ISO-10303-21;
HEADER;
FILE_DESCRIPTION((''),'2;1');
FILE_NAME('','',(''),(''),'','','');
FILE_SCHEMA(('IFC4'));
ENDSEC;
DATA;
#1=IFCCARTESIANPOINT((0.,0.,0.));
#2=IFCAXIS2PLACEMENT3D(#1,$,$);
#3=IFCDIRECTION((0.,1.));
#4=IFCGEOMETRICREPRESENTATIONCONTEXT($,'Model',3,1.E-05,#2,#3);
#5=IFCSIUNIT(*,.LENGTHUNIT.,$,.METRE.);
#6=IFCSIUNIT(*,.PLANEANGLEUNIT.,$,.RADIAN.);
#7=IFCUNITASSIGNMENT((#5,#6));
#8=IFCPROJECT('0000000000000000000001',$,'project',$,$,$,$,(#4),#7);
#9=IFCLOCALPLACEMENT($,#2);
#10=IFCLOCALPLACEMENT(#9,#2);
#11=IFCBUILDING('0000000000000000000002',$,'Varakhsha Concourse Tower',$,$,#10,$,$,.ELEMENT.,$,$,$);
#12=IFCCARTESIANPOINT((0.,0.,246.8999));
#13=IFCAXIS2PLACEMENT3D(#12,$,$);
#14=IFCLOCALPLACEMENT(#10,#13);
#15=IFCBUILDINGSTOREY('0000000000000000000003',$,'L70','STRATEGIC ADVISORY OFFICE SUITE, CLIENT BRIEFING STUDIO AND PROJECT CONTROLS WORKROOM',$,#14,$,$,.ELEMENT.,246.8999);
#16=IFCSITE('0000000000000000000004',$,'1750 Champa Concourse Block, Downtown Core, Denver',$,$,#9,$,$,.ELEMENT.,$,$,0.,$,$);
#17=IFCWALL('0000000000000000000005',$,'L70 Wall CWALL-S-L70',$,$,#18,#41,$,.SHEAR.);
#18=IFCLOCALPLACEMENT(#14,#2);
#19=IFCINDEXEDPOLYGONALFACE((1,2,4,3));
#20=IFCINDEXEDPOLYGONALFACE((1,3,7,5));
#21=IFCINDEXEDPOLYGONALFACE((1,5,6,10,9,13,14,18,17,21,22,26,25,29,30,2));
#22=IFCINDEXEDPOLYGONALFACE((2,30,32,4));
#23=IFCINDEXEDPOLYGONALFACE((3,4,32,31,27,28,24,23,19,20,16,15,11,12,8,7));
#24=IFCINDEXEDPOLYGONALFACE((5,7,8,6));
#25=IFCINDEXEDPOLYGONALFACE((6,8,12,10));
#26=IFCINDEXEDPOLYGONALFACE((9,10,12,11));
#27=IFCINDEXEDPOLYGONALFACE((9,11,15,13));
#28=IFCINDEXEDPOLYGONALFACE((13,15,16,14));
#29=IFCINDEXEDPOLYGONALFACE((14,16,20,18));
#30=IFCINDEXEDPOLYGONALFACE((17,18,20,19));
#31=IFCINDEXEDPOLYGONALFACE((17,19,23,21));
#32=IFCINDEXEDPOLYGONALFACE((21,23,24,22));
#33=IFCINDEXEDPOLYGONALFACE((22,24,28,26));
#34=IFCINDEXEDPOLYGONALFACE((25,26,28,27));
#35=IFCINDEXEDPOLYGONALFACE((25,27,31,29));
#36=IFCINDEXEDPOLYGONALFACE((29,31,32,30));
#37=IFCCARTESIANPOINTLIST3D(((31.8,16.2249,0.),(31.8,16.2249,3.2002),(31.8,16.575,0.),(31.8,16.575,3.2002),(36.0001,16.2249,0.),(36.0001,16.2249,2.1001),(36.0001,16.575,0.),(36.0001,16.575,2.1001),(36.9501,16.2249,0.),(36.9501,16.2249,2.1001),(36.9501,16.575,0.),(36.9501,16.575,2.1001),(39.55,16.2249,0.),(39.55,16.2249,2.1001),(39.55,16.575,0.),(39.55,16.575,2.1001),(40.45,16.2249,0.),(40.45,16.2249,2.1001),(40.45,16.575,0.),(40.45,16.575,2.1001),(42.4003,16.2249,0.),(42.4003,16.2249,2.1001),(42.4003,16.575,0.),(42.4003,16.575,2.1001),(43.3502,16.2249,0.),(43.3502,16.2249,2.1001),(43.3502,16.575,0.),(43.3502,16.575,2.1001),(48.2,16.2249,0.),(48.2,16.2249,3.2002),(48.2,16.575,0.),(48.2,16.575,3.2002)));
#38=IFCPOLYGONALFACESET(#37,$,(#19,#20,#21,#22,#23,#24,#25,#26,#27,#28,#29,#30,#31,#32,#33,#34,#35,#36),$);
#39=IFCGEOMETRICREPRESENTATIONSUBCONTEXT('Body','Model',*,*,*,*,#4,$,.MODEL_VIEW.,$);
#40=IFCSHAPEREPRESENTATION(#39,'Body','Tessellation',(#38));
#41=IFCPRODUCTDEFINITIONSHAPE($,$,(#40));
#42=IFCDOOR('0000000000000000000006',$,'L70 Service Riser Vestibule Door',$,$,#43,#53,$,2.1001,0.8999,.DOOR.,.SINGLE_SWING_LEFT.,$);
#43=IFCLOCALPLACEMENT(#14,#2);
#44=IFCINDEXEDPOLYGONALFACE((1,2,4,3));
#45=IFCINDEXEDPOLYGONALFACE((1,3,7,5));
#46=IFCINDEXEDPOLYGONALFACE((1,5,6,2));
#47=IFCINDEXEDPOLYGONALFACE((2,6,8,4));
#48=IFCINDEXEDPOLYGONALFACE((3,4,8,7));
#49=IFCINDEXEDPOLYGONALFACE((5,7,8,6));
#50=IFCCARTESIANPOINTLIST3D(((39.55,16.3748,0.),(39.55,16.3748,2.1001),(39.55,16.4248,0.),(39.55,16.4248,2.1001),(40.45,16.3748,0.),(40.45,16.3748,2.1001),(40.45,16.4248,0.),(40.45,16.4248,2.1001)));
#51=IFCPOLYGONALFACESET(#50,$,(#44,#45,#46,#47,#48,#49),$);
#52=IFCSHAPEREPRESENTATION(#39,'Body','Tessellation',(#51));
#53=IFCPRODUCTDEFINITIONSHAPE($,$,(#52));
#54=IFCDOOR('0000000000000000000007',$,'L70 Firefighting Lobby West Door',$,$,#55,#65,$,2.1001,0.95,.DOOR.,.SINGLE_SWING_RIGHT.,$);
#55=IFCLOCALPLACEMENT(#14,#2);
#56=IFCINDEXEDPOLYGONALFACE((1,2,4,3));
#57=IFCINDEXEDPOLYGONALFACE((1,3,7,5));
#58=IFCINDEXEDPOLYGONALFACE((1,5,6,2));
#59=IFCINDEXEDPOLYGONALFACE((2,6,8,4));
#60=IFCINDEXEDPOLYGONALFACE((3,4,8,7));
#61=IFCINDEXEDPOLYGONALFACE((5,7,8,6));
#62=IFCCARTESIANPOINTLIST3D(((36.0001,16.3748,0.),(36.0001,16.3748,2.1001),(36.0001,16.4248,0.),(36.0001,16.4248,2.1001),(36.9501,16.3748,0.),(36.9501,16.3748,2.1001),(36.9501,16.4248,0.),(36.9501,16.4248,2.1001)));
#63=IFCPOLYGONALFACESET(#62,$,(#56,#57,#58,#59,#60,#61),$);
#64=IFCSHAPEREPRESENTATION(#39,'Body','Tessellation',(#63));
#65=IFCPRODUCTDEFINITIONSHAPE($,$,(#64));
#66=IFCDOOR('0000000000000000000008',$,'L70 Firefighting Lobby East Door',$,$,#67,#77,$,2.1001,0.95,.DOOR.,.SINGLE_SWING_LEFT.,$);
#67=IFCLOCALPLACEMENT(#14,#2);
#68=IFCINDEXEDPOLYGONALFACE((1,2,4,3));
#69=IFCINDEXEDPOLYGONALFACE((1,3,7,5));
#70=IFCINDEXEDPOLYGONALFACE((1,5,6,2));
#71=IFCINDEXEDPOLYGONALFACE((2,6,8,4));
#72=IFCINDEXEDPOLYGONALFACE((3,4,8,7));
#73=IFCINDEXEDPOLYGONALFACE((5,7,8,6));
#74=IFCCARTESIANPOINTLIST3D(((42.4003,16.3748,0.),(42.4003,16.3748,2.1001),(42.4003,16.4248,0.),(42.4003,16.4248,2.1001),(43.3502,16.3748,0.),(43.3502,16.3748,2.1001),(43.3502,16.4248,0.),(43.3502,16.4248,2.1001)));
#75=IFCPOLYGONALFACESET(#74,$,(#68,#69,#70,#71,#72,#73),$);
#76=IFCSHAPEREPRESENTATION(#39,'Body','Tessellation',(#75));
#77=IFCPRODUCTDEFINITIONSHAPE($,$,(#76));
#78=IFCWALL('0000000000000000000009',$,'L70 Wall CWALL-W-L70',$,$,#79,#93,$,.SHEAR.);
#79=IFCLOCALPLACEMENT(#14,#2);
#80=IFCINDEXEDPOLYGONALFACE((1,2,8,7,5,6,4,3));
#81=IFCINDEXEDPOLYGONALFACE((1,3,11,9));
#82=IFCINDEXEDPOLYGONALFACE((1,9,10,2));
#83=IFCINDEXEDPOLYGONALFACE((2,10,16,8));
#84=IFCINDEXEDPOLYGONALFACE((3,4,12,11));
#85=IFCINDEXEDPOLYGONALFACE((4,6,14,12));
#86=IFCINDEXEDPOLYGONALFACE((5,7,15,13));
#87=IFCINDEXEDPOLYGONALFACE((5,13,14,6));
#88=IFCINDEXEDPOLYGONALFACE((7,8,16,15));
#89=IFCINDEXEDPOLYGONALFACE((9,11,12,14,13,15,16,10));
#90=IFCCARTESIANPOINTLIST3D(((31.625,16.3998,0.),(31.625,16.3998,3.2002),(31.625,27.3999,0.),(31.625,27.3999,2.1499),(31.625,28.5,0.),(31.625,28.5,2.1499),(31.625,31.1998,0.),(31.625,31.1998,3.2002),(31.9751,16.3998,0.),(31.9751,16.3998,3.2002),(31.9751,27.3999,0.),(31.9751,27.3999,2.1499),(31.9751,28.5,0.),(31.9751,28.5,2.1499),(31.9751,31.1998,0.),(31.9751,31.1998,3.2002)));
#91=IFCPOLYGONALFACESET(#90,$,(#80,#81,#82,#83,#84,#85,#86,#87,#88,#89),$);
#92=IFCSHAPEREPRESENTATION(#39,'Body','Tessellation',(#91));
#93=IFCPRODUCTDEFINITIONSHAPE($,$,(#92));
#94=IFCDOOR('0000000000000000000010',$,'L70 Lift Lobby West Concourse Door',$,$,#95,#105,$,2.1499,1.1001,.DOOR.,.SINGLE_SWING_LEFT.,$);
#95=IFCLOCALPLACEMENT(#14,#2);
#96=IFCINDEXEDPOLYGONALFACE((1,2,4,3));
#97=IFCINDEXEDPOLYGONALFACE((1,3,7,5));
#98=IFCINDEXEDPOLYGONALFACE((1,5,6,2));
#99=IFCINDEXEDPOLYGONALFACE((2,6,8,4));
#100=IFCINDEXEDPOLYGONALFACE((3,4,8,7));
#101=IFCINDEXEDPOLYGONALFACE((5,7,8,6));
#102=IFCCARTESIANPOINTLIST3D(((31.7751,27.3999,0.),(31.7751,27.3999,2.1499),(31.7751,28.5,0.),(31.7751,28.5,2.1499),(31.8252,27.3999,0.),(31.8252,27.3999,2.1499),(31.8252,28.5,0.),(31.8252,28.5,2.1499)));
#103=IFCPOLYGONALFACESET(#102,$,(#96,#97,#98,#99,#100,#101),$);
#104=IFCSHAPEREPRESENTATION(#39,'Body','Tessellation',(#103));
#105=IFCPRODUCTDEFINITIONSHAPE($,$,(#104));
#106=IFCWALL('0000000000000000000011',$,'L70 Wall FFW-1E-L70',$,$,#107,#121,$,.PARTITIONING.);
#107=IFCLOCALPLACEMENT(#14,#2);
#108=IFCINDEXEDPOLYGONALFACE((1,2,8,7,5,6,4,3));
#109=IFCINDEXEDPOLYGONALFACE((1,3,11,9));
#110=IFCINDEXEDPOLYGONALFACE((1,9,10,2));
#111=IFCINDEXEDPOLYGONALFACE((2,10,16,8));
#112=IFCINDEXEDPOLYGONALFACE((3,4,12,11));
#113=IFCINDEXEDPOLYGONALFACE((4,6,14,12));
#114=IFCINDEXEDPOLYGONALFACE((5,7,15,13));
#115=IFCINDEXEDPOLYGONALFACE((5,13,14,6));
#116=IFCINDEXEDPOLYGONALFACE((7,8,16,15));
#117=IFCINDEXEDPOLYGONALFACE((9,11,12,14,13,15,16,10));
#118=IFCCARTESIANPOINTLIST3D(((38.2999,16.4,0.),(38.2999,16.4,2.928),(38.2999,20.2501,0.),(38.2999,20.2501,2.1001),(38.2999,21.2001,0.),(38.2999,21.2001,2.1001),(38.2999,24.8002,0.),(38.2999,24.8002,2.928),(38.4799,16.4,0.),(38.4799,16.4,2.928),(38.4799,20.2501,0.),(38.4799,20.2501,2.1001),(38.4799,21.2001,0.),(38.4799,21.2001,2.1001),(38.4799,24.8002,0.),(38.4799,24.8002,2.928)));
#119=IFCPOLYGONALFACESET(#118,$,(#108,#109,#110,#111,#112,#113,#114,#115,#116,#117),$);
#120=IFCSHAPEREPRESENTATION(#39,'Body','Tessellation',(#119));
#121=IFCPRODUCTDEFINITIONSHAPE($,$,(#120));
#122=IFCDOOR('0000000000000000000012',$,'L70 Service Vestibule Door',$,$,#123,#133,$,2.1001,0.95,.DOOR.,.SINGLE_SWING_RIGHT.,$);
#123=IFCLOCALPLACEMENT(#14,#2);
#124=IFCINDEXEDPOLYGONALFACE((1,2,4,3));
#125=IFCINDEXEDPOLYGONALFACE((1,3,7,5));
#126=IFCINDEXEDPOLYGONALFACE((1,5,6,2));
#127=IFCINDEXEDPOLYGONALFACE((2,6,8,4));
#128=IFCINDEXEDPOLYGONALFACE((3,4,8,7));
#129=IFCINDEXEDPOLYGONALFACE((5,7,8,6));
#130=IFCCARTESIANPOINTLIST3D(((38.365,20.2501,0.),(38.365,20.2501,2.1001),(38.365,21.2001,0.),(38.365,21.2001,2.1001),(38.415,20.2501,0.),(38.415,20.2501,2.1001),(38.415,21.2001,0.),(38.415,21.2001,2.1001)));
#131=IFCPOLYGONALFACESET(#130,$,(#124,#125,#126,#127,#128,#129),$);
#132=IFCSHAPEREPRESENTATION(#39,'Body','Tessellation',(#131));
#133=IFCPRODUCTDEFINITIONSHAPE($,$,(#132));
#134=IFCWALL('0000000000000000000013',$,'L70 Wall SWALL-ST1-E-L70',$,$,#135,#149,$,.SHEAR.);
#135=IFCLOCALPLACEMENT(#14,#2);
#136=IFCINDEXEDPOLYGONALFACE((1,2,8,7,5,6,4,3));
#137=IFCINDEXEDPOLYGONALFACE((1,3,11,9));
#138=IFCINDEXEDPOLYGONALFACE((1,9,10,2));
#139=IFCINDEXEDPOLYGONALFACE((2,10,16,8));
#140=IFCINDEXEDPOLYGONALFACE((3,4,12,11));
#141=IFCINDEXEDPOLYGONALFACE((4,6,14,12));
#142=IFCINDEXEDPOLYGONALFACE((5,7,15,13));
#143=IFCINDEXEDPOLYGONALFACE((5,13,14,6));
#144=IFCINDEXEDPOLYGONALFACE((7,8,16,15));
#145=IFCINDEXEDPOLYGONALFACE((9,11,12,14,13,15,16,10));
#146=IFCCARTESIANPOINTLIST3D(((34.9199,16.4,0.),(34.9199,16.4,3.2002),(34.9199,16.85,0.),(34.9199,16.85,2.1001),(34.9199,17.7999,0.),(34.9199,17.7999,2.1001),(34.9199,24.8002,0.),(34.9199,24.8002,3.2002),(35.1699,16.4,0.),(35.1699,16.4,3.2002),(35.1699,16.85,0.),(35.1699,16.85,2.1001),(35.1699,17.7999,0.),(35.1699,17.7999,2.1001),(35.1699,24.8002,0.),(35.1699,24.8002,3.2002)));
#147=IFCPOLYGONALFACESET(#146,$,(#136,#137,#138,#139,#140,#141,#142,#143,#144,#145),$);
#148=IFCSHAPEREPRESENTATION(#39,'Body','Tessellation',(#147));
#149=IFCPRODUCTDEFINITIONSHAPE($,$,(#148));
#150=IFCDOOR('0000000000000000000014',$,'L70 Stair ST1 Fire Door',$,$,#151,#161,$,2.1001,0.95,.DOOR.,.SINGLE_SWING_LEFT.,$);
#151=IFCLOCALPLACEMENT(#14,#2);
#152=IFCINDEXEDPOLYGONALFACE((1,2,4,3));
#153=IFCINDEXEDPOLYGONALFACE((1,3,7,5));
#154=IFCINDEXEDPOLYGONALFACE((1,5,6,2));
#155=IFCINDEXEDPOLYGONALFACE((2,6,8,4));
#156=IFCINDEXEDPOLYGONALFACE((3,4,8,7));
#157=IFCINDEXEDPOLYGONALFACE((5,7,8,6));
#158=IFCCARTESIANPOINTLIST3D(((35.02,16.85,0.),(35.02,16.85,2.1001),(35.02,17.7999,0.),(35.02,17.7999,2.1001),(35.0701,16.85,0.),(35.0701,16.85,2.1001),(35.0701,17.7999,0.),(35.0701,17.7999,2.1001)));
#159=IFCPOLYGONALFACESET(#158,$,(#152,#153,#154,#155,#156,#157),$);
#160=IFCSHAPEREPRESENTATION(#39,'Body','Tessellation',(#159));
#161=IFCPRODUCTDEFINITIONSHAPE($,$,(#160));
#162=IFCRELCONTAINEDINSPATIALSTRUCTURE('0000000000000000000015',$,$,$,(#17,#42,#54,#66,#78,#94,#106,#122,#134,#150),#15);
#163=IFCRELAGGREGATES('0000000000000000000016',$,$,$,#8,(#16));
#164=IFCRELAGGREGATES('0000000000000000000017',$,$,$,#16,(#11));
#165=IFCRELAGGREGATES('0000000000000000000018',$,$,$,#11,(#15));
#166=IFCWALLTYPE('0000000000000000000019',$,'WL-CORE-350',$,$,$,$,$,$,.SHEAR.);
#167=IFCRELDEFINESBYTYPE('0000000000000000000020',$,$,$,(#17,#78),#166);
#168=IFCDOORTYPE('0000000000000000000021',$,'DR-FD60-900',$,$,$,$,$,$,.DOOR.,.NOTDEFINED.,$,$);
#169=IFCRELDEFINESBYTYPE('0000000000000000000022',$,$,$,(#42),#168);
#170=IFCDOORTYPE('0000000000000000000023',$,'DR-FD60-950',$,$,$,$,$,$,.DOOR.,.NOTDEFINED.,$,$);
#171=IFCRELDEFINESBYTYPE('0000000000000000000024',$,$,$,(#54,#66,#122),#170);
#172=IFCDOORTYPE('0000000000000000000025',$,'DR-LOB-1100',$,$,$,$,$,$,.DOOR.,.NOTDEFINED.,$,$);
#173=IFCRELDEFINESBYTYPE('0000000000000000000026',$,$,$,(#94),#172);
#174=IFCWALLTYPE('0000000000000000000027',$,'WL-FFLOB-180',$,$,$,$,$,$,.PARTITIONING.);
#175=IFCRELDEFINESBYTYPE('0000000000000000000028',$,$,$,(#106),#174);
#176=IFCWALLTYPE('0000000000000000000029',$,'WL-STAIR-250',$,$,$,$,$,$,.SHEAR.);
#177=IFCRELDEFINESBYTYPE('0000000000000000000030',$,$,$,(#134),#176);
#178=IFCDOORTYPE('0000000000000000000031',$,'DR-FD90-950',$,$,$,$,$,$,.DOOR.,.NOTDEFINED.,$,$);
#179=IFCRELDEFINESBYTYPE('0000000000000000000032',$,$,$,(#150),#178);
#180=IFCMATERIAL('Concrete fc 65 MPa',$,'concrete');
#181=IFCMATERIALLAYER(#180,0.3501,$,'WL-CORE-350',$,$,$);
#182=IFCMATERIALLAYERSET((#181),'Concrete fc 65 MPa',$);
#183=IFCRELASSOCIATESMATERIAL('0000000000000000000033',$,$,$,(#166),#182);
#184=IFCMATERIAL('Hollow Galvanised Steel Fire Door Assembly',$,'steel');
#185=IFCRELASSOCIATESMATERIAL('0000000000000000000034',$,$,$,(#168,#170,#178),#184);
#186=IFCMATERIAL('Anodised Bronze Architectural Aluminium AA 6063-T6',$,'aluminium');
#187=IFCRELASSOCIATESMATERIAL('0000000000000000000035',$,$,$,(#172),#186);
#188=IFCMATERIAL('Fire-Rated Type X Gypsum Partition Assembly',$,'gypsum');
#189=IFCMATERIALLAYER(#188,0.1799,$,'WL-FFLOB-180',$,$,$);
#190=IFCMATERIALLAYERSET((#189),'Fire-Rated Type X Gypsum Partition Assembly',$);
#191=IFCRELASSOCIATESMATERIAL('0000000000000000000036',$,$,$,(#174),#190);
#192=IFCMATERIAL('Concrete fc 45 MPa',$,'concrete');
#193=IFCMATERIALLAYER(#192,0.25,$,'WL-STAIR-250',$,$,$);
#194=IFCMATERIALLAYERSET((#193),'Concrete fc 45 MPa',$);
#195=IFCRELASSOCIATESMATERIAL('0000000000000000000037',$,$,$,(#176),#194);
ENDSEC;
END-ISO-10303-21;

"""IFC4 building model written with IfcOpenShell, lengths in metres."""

from ifc_helpers import new_model, si_unit, direction, frame, frame_2d, origin, place, context, subcontext, project, spatial, rectangle, extrude, material, layer, layer_set, type_object, element, fill, save


model = new_model("IFC4")

# Units and contexts
model_context = context("Model", 3, precision=1e-05, world=origin(), true_north=direction((0.0, 1.0)))
body_context = subcontext(model_context, "Body", "Model", "MODEL_VIEW")
ifc_project = project(units=[si_unit("LENGTHUNIT", "METRE"), si_unit("PLANEANGLEUNIT", "RADIAN")], contexts=[model_context])

# Site, building, storey
site_placement = place(None, origin())
site = spatial("IfcSite", under=ifc_project, at=site_placement, Name="1750 Champa Concourse Block, Downtown Core, Denver", CompositionType="ELEMENT", RefElevation=0.0)
building_placement = place(site_placement, origin())
building = spatial("IfcBuilding", under=site, at=building_placement, Name="Varakhsha Concourse Tower", CompositionType="ELEMENT")
storey_placement = place(building_placement, frame((0.0, 0.0, 246.8999)))
storey = spatial("IfcBuildingStorey", under=building, at=storey_placement, Name="L70", Description="STRATEGIC ADVISORY OFFICE SUITE, CLIENT BRIEFING STUDIO AND PROJECT CONTROLS WORKROOM", CompositionType="ELEMENT", Elevation=246.8999)

# Shared definitions
ifc_material_1 = material(Name="Concrete fc 65 MPa", Category="concrete")

# Shared definitions
ifc_material_2 = material(Name="Anodised Bronze Architectural Aluminium AA 6063-T6", Category="aluminium")

# Wall, openings, doors
ifc_layer_1 = layer(ifc_material_1, 0.3501, Name="WL-CORE-350")
ifc_layer_set_1 = layer_set([ifc_layer_1], Name="Concrete fc 65 MPa")
wall_type_1 = type_object("IfcWallType", Name="WL-CORE-350", PredefinedType="SHEAR", material=ifc_layer_set_1)
wall_1_placement = place(storey_placement, frame((31.8, 16.3999, 0.0), z_axis=(0.0, 0.0, 1.0), x_axis=(1.0, 0.0, 0.0)))
wall_1 = element("IfcWall", 1, at=wall_1_placement, inside=storey, type_object=wall_type_1, Name="L70 Wall CWALL-S-L70", PredefinedType="SHEAR", context=body_context, shape_type="SweptSolid", body=[
    extrude(rectangle(XDim=16.3999, YDim=0.3501, at=frame_2d((8.2, 0.0))), origin(), (0.0, 0.0, 1.0), 3.2002),
])
opening_1_placement = place(wall_1_placement, frame((7.75, 0.0, 0.0)))
opening_1 = element("IfcOpeningElement", 2, at=opening_1_placement, cuts=wall_1, PredefinedType="OPENING", context=body_context, shape_type="SweptSolid", body=[
    extrude(rectangle(XDim=0.8999, YDim=2.1001, at=frame_2d((0.45, 1.05))), frame((0.0, 0.1851, 0.0), z_axis=(0.0, -1.0, 0.0), x_axis=(1.0, 0.0, 0.0)), (0.0, 0.0, 1.0), 0.3701),
])
opening_2_placement = place(wall_1_placement, frame((4.2, 0.0, 0.0)))
opening_2 = element("IfcOpeningElement", 3, at=opening_2_placement, cuts=wall_1, PredefinedType="OPENING", context=body_context, shape_type="SweptSolid", body=[
    extrude(rectangle(XDim=0.95, YDim=2.1001, at=frame_2d((0.4751, 1.05))), frame((0.0, 0.1851, 0.0), z_axis=(0.0, -1.0, 0.0), x_axis=(1.0, 0.0, 0.0)), (0.0, 0.0, 1.0), 0.3701),
])
opening_3_placement = place(wall_1_placement, frame((10.6001, 0.0, 0.0)))
opening_3 = element("IfcOpeningElement", 4, at=opening_3_placement, cuts=wall_1, PredefinedType="OPENING", context=body_context, shape_type="SweptSolid", body=[
    extrude(rectangle(XDim=0.95, YDim=2.1001, at=frame_2d((0.4751, 1.05))), frame((0.0, 0.1851, 0.0), z_axis=(0.0, -1.0, 0.0), x_axis=(1.0, 0.0, 0.0)), (0.0, 0.0, 1.0), 0.3701),
])
ifc_material_3 = material(Name="Hollow Galvanised Steel Fire Door Assembly", Category="steel")
door_type_1 = type_object("IfcDoorType", Name="DR-FD60-900", OperationType="NOTDEFINED", PredefinedType="DOOR", material=ifc_material_3)
door_1_placement = place(opening_1_placement, origin())
door_1 = element("IfcDoor", 5, at=door_1_placement, inside=storey, type_object=door_type_1, Name="L70 Service Riser Vestibule Door", OperationType="SINGLE_SWING_LEFT", OverallHeight=2.1001, OverallWidth=0.8999, PredefinedType="DOOR", context=body_context, shape_type="SweptSolid", body=[
    extrude(rectangle(XDim=0.8999, YDim=2.1001, at=frame_2d((0.45, 1.05))), frame((0.0, 0.0249, 0.0), z_axis=(0.0, -1.0, 0.0), x_axis=(1.0, 0.0, 0.0)), (0.0, 0.0, 1.0), 0.05),
])
fill(opening_1, door_1)
door_type_2 = type_object("IfcDoorType", Name="DR-FD60-950", OperationType="NOTDEFINED", PredefinedType="DOOR", material=ifc_material_3)
door_2_placement = place(opening_2_placement, origin())
door_2 = element("IfcDoor", 6, at=door_2_placement, inside=storey, type_object=door_type_2, Name="L70 Firefighting Lobby West Door", OperationType="SINGLE_SWING_RIGHT", OverallHeight=2.1001, OverallWidth=0.95, PredefinedType="DOOR", context=body_context, shape_type="SweptSolid", body=[
    extrude(rectangle(XDim=0.95, YDim=2.1001, at=frame_2d((0.4751, 1.05))), frame((0.0, 0.0249, 0.0), z_axis=(0.0, -1.0, 0.0), x_axis=(1.0, 0.0, 0.0)), (0.0, 0.0, 1.0), 0.05),
])
fill(opening_2, door_2)
door_3_placement = place(opening_3_placement, origin())
door_3 = element("IfcDoor", 7, at=door_3_placement, inside=storey, type_object=door_type_2, Name="L70 Firefighting Lobby East Door", OperationType="SINGLE_SWING_LEFT", OverallHeight=2.1001, OverallWidth=0.95, PredefinedType="DOOR", context=body_context, shape_type="SweptSolid", body=[
    extrude(rectangle(XDim=0.95, YDim=2.1001, at=frame_2d((0.4751, 1.05))), frame((0.0, 0.0249, 0.0), z_axis=(0.0, -1.0, 0.0), x_axis=(1.0, 0.0, 0.0)), (0.0, 0.0, 1.0), 0.05),
])
fill(opening_3, door_3)

# Walls, openings, doors
wall_2_placement = place(storey_placement, frame((31.8, 16.3999, 0.0), z_axis=(0.0, 0.0, 1.0), x_axis=(0.0, 1.0, 0.0)))
wall_2 = element("IfcWall", 8, at=wall_2_placement, inside=storey, type_object=wall_type_1, Name="L70 Wall CWALL-W-L70", PredefinedType="SHEAR", context=body_context, shape_type="SweptSolid", body=[
    extrude(rectangle(XDim=14.8, YDim=0.3501, at=frame_2d((7.3999, 0.0))), origin(), (0.0, 0.0, 1.0), 3.2002),
])
opening_4_placement = place(wall_2_placement, frame((11.0, 0.0, 0.0)))
opening_4 = element("IfcOpeningElement", 9, at=opening_4_placement, cuts=wall_2, PredefinedType="OPENING", context=body_context, shape_type="SweptSolid", body=[
    extrude(rectangle(XDim=1.1001, YDim=2.1499, at=frame_2d((0.55, 1.075))), frame((0.0, 0.1851, 0.0), z_axis=(0.0, -1.0, 0.0), x_axis=(1.0, 0.0, 0.0)), (0.0, 0.0, 1.0), 0.3701),
])
door_type_3 = type_object("IfcDoorType", Name="DR-LOB-1100", OperationType="NOTDEFINED", PredefinedType="DOOR", material=ifc_material_2)
door_4_placement = place(opening_4_placement, origin())
door_4 = element("IfcDoor", 10, at=door_4_placement, inside=storey, type_object=door_type_3, Name="L70 Lift Lobby West Concourse Door", OperationType="SINGLE_SWING_LEFT", OverallHeight=2.1499, OverallWidth=1.1001, PredefinedType="DOOR", context=body_context, shape_type="SweptSolid", body=[
    extrude(rectangle(XDim=1.1001, YDim=2.1499, at=frame_2d((0.55, 1.075))), frame((0.0, 0.0249, 0.0), z_axis=(0.0, -1.0, 0.0), x_axis=(1.0, 0.0, 0.0)), (0.0, 0.0, 1.0), 0.05),
])
fill(opening_4, door_4)
ifc_material_4 = material(Name="Fire-Rated Type X Gypsum Partition Assembly", Category="gypsum")
ifc_layer_2 = layer(ifc_material_4, 0.1799, Name="WL-FFLOB-180")
ifc_layer_set_2 = layer_set([ifc_layer_2], Name="Fire-Rated Type X Gypsum Partition Assembly")
wall_type_2 = type_object("IfcWallType", Name="WL-FFLOB-180", PredefinedType="PARTITIONING", material=ifc_layer_set_2)
wall_3_placement = place(storey_placement, frame((38.3899, 16.3999, 0.0), z_axis=(0.0, 0.0, 1.0), x_axis=(0.0, 1.0, 0.0)))
wall_3 = element("IfcWall", 11, at=wall_3_placement, inside=storey, type_object=wall_type_2, Name="L70 Wall FFW-1E-L70", PredefinedType="PARTITIONING", context=body_context, shape_type="SweptSolid", body=[
    extrude(rectangle(XDim=8.4001, YDim=0.1799, at=frame_2d((4.2002, 0.0))), origin(), (0.0, 0.0, 1.0), 2.928),
])
opening_5_placement = place(wall_3_placement, frame((3.8501, 0.0, 0.0)))
opening_5 = element("IfcOpeningElement", 12, at=opening_5_placement, cuts=wall_3, PredefinedType="OPENING", context=body_context, shape_type="SweptSolid", body=[
    extrude(rectangle(XDim=0.95, YDim=2.1001, at=frame_2d((0.4751, 1.05))), frame((0.0, 0.0999, 0.0), z_axis=(0.0, -1.0, 0.0), x_axis=(1.0, 0.0, 0.0)), (0.0, 0.0, 1.0), 0.2),
])
door_5_placement = place(opening_5_placement, origin())
door_5 = element("IfcDoor", 13, at=door_5_placement, inside=storey, type_object=door_type_2, Name="L70 Service Vestibule Door", OperationType="SINGLE_SWING_RIGHT", OverallHeight=2.1001, OverallWidth=0.95, PredefinedType="DOOR", context=body_context, shape_type="SweptSolid", body=[
    extrude(rectangle(XDim=0.95, YDim=2.1001, at=frame_2d((0.4751, 1.05))), frame((0.0, 0.0249, 0.0), z_axis=(0.0, -1.0, 0.0), x_axis=(1.0, 0.0, 0.0)), (0.0, 0.0, 1.0), 0.05),
])
fill(opening_5, door_5)
ifc_material_5 = material(Name="Concrete fc 45 MPa", Category="concrete")
ifc_layer_3 = layer(ifc_material_5, 0.25, Name="WL-STAIR-250")
ifc_layer_set_3 = layer_set([ifc_layer_3], Name="Concrete fc 45 MPa")
wall_type_3 = type_object("IfcWallType", Name="WL-STAIR-250", PredefinedType="SHEAR", material=ifc_layer_set_3)
wall_4_placement = place(storey_placement, frame((35.0449, 16.3999, 0.0), z_axis=(0.0, 0.0, 1.0), x_axis=(0.0, 1.0, 0.0)))
wall_4 = element("IfcWall", 14, at=wall_4_placement, inside=storey, type_object=wall_type_3, Name="L70 Wall SWALL-ST1-E-L70", PredefinedType="SHEAR", context=body_context, shape_type="SweptSolid", body=[
    extrude(rectangle(XDim=8.4001, YDim=0.25, at=frame_2d((4.2002, 0.0))), origin(), (0.0, 0.0, 1.0), 3.2002),
])
opening_6_placement = place(wall_4_placement, frame((0.45, 0.0, 0.0)))
opening_6 = element("IfcOpeningElement", 15, at=opening_6_placement, cuts=wall_4, PredefinedType="OPENING", context=body_context, shape_type="SweptSolid", body=[
    extrude(rectangle(XDim=0.95, YDim=2.1001, at=frame_2d((0.4751, 1.05))), frame((0.0, 0.135, 0.0), z_axis=(0.0, -1.0, 0.0), x_axis=(1.0, 0.0, 0.0)), (0.0, 0.0, 1.0), 0.27),
])
door_type_4 = type_object("IfcDoorType", Name="DR-FD90-950", OperationType="NOTDEFINED", PredefinedType="DOOR", material=ifc_material_3)
door_6_placement = place(opening_6_placement, origin())
door_6 = element("IfcDoor", 16, at=door_6_placement, inside=storey, type_object=door_type_4, Name="L70 Stair ST1 Fire Door", OperationType="SINGLE_SWING_LEFT", OverallHeight=2.1001, OverallWidth=0.95, PredefinedType="DOOR", context=body_context, shape_type="SweptSolid", body=[
    extrude(rectangle(XDim=0.95, YDim=2.1001, at=frame_2d((0.4751, 1.05))), frame((0.0, 0.0249, 0.0), z_axis=(0.0, -1.0, 0.0), x_axis=(1.0, 0.0, 0.0)), (0.0, 0.0, 1.0), 0.05),
])
fill(opening_6, door_6)

save(model, "model.ifc")
